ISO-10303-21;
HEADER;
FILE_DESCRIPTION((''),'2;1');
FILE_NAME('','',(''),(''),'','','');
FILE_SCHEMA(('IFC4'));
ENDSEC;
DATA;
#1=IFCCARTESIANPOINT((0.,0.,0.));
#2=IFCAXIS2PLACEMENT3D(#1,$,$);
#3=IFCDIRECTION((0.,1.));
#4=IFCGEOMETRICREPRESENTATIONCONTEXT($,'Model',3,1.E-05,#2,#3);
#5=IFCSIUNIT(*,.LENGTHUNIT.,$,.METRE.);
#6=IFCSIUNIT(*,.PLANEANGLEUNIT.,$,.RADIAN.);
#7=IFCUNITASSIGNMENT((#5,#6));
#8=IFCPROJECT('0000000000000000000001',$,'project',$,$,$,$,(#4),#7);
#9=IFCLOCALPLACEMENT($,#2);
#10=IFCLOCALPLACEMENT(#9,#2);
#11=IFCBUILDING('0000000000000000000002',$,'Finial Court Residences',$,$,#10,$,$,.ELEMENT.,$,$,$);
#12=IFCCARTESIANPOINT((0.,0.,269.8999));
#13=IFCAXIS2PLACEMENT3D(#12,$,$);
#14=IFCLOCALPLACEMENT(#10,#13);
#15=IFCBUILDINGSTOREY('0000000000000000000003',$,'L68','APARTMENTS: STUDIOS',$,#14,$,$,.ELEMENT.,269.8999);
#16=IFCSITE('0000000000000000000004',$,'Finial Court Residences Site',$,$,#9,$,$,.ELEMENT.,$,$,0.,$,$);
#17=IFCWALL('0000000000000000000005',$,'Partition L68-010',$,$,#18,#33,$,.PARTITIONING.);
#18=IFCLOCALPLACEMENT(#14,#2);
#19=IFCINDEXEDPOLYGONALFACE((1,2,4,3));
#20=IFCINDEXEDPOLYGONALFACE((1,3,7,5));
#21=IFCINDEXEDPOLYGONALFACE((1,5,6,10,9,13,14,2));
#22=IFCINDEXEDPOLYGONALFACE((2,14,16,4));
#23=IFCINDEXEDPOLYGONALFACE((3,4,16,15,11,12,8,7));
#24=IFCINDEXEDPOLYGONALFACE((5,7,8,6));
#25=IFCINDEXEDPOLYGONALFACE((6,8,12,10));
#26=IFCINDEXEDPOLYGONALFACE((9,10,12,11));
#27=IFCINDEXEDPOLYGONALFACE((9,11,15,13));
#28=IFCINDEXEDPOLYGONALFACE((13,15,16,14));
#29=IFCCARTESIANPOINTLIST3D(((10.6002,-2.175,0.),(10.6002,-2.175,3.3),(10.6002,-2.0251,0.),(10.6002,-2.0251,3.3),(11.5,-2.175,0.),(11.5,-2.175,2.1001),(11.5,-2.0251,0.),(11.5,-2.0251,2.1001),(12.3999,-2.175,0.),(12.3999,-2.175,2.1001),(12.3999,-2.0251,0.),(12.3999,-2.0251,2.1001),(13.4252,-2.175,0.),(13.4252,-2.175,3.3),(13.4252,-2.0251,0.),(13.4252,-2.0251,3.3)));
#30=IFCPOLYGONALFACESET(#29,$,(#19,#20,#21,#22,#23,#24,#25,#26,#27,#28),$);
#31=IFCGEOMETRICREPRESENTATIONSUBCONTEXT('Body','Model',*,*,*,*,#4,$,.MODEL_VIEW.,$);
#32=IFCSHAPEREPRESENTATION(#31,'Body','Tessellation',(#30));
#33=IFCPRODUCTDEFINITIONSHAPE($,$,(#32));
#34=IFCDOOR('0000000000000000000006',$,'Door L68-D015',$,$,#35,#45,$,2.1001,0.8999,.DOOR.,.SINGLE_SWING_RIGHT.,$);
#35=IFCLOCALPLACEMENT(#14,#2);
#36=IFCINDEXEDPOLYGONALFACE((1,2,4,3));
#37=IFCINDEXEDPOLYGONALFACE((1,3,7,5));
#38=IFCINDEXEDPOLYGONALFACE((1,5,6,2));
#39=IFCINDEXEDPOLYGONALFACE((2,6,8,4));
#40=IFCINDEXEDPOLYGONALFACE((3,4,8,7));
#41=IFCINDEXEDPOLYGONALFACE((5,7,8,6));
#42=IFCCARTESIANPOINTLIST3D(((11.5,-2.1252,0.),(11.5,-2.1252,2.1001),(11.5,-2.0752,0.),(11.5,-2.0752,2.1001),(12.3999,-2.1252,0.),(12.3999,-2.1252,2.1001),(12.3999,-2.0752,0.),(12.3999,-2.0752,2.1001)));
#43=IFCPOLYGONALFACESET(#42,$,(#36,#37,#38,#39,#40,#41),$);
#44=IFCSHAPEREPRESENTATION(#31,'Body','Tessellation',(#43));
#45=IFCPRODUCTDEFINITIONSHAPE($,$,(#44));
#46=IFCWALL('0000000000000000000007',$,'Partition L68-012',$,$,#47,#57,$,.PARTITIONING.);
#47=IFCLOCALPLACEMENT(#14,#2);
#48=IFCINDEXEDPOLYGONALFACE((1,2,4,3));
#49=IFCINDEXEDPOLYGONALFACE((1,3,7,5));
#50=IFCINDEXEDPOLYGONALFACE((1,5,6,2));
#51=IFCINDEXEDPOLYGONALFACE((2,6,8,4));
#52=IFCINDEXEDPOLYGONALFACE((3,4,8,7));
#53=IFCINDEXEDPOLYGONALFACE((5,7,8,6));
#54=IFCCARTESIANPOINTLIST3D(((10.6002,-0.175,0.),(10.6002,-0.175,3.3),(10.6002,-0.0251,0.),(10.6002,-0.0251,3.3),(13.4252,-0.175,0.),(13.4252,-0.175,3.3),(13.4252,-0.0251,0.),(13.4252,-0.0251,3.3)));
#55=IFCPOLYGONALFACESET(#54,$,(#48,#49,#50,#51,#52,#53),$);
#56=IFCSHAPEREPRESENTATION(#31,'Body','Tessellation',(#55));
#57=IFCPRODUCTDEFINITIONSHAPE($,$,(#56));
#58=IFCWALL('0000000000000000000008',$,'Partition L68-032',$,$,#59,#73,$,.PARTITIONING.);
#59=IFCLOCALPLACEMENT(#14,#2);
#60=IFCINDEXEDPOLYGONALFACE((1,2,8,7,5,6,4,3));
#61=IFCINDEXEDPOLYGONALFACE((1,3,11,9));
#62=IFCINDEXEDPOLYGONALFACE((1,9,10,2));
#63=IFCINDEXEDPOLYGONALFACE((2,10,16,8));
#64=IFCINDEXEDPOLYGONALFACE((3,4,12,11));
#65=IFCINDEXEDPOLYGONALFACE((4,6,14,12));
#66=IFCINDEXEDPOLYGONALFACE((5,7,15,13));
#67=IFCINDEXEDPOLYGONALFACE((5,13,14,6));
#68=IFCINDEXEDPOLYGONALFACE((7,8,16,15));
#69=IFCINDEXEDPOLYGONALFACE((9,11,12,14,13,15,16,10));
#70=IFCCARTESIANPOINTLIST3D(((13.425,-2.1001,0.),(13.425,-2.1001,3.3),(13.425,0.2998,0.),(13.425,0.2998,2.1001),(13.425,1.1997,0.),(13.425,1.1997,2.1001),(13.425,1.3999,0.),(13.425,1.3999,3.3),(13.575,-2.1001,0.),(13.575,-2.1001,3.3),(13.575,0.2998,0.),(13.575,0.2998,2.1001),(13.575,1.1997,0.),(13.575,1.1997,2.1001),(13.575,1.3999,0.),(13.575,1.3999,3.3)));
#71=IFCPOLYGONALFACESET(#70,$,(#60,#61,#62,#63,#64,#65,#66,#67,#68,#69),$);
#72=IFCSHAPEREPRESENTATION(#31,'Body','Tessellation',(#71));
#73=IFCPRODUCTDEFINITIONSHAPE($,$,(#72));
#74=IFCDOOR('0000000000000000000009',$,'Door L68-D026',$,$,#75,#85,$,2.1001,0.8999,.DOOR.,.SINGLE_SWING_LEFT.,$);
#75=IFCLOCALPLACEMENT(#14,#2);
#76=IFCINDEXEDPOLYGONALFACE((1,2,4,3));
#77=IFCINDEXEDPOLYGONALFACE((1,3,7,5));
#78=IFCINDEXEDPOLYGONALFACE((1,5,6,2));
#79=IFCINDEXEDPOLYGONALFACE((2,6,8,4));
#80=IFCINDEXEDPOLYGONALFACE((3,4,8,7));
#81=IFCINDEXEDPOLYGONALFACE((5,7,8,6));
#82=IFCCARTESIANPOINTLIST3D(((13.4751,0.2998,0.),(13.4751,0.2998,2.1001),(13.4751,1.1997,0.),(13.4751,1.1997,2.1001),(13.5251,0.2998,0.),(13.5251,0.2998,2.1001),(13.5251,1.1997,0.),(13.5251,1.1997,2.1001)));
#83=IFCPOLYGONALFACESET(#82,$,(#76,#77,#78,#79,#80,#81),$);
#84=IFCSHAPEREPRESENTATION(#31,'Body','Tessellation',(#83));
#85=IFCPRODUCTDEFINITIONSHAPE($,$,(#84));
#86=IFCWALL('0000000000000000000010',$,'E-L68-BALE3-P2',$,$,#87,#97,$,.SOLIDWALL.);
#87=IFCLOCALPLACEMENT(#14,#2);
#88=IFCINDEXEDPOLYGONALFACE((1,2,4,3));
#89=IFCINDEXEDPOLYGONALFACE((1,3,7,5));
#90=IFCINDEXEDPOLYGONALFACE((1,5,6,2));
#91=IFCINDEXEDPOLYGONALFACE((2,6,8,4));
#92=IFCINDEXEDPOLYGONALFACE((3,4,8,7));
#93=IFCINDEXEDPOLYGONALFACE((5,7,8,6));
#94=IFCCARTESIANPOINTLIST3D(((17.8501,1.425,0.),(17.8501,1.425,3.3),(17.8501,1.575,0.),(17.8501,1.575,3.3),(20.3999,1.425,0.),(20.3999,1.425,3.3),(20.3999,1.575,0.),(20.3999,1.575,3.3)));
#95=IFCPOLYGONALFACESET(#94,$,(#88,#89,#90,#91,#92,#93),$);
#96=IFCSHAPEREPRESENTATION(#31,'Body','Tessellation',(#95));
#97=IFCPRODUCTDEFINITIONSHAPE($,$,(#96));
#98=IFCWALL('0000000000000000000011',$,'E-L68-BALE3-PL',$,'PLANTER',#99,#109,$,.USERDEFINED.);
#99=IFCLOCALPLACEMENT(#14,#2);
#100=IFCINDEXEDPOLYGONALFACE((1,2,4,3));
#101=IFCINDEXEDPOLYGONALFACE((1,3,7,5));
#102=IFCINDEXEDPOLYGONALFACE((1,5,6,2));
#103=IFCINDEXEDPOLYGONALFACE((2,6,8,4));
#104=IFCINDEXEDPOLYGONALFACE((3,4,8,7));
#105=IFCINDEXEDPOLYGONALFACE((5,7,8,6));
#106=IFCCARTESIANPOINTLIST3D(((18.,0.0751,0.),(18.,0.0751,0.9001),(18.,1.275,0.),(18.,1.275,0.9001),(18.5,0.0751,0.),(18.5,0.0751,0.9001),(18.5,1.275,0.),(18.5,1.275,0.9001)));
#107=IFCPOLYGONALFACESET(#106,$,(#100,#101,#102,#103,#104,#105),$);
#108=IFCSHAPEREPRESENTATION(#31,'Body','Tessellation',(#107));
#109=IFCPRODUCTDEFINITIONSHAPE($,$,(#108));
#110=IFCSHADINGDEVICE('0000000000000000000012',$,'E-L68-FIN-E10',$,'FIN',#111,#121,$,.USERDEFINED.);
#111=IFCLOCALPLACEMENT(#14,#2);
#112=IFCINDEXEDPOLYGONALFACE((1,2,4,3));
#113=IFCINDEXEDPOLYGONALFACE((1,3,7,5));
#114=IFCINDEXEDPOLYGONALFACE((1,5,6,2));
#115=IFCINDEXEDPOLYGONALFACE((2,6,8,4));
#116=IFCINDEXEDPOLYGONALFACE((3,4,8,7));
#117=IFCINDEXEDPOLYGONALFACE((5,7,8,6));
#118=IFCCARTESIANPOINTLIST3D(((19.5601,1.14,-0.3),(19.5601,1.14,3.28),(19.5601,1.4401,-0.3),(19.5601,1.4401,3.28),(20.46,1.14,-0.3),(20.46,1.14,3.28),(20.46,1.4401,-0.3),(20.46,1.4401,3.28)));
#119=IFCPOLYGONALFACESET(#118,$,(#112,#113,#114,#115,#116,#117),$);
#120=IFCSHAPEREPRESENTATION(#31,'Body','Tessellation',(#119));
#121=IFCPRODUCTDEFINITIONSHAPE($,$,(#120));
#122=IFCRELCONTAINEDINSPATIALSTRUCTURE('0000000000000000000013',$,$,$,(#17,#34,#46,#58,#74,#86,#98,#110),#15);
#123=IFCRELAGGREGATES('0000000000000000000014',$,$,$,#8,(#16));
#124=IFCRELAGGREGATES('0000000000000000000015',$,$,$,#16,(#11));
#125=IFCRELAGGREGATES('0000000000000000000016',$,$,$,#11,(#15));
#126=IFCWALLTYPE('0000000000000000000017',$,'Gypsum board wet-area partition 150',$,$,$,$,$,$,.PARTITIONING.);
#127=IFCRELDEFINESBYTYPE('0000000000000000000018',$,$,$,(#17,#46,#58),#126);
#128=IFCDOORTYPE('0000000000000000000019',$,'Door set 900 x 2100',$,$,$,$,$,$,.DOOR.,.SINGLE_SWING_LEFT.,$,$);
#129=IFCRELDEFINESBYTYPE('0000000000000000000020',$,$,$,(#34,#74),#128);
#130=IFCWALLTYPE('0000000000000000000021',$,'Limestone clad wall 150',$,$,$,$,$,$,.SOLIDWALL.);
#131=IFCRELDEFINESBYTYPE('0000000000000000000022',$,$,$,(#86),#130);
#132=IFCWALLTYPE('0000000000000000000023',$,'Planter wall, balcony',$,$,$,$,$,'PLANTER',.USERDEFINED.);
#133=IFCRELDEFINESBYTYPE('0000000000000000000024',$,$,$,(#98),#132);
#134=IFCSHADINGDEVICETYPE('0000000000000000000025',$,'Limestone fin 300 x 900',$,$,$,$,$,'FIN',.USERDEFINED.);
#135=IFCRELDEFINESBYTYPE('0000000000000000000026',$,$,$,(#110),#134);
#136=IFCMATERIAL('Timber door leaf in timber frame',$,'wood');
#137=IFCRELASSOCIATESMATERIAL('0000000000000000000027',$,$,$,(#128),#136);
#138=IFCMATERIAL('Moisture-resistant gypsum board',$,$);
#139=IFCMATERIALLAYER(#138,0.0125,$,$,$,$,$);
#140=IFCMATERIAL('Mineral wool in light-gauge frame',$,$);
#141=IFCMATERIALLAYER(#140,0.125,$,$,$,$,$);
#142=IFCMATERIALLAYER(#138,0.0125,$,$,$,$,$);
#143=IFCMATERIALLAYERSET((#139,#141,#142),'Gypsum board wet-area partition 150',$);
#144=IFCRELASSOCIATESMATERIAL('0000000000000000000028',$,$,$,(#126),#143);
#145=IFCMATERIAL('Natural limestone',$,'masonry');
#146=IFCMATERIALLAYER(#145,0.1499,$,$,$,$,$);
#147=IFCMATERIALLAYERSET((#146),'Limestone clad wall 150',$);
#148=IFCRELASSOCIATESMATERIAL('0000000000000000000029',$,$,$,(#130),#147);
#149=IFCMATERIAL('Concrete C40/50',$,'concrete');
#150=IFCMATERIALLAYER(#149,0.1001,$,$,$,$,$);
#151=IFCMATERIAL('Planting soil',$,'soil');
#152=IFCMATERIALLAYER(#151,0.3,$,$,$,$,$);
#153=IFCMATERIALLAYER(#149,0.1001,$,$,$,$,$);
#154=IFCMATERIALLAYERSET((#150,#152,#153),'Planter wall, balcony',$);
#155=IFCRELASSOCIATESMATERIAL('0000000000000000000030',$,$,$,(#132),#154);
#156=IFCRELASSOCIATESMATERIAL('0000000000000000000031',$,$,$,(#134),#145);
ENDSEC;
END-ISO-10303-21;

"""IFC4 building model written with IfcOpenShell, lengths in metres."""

from ifc_helpers import new_model, si_unit, direction, frame, frame_2d, origin, origin_2d, place, context, subcontext, project, spatial, rectangle, extrude, material, layer, layer_set, type_object, element, fill, save


model = new_model("IFC4")

# Units and contexts
model_context = context("Model", 3, precision=1e-05, world=origin(), true_north=direction((0.0, 1.0)))
body_context = subcontext(model_context, "Body", "Model", "MODEL_VIEW")
ifc_project = project(units=[si_unit("LENGTHUNIT", "METRE"), si_unit("PLANEANGLEUNIT", "RADIAN")], contexts=[model_context])

# Site, building, storey
site_placement = place(None, origin())
site = spatial("IfcSite", under=ifc_project, at=site_placement, Name="Finial Court Residences Site", CompositionType="ELEMENT", RefElevation=0.0)
building_placement = place(site_placement, origin())
building = spatial("IfcBuilding", under=site, at=building_placement, Name="Finial Court Residences", CompositionType="ELEMENT")
storey_placement = place(building_placement, frame((0.0, 0.0, 269.8999)))
storey = spatial("IfcBuildingStorey", under=building, at=storey_placement, Name="L68", Description="APARTMENTS: STUDIOS", CompositionType="ELEMENT", Elevation=269.8999)

# Shared definitions
ifc_material_1 = material(Name="Mineral wool in light-gauge frame")

# Wall, opening, door
ifc_material_2 = material(Name="Timber door leaf in timber frame", Category="wood")
door_type_1 = type_object("IfcDoorType", Name="Door set 900 x 2100", OperationType="SINGLE_SWING_LEFT", PredefinedType="DOOR", material=ifc_material_2)
ifc_material_3 = material(Name="Moisture-resistant gypsum board")
ifc_layer_1 = layer(ifc_material_3, 0.0125)
ifc_layer_2 = layer(ifc_material_1, 0.125)
ifc_layer_3 = layer(ifc_material_3, 0.0125)
ifc_layer_set_1 = layer_set([ifc_layer_1, ifc_layer_2, ifc_layer_3], Name="Gypsum board wet-area partition 150")
wall_type_1 = type_object("IfcWallType", Name="Gypsum board wet-area partition 150", PredefinedType="PARTITIONING", material=ifc_layer_set_1)
wall_1_placement = place(storey_placement, frame((10.6001, -2.1001, 0.0), z_axis=(0.0, 0.0, 1.0), x_axis=(1.0, 0.0, 0.0)))
wall_1 = element("IfcWall", 1, at=wall_1_placement, inside=storey, type_object=wall_type_1, Name="Partition L68-010", PredefinedType="PARTITIONING", context=body_context, shape_type="SweptSolid", body=[
    extrude(rectangle(XDim=2.825, YDim=0.1499, at=frame_2d((1.4126, 0.0))), origin(), (0.0, 0.0, 1.0), 3.3),
])
opening_1_placement = place(wall_1_placement, frame((0.8999, 0.0, 0.0)))
opening_1 = element("IfcOpeningElement", 2, at=opening_1_placement, cuts=wall_1, PredefinedType="OPENING", context=body_context, shape_type="SweptSolid", body=[
    extrude(rectangle(XDim=0.8999, YDim=2.1001, at=frame_2d((0.45, 1.05))), frame((0.0, 0.085, 0.0), z_axis=(0.0, -1.0, 0.0), x_axis=(1.0, 0.0, 0.0)), (0.0, 0.0, 1.0), 0.1699),
])
door_1_placement = place(opening_1_placement, origin())
door_1 = element("IfcDoor", 3, at=door_1_placement, inside=storey, type_object=door_type_1, Name="Door L68-D015", OperationType="SINGLE_SWING_RIGHT", OverallHeight=2.1001, OverallWidth=0.8999, PredefinedType="DOOR", context=body_context, shape_type="SweptSolid", body=[
    extrude(rectangle(XDim=0.8999, YDim=2.1001, at=frame_2d((0.45, 1.05))), frame((0.0, 0.0249, 0.0), z_axis=(0.0, -1.0, 0.0), x_axis=(1.0, 0.0, 0.0)), (0.0, 0.0, 1.0), 0.05),
])
fill(opening_1, door_1)

# Wall
wall_2_placement = place(storey_placement, frame((10.6001, -0.1001, 0.0), z_axis=(0.0, 0.0, 1.0), x_axis=(1.0, 0.0, 0.0)))
element("IfcWall", 4, at=wall_2_placement, inside=storey, type_object=wall_type_1, Name="Partition L68-012", PredefinedType="PARTITIONING", context=body_context, shape_type="SweptSolid", body=[
    extrude(rectangle(XDim=2.825, YDim=0.1499, at=frame_2d((1.4126, 0.0))), origin(), (0.0, 0.0, 1.0), 3.3),
])

# Wall, opening, door
wall_3_placement = place(storey_placement, frame((13.5, -2.1001, 0.0), z_axis=(0.0, 0.0, 1.0), x_axis=(0.0, 1.0, 0.0)))
wall_3 = element("IfcWall", 5, at=wall_3_placement, inside=storey, type_object=wall_type_1, Name="Partition L68-032", PredefinedType="PARTITIONING", context=body_context, shape_type="SweptSolid", body=[
    extrude(rectangle(XDim=3.5, YDim=0.1499, at=frame_2d((1.75, 0.0))), origin(), (0.0, 0.0, 1.0), 3.3),
])
opening_2_placement = place(wall_3_placement, frame((2.3999, 0.0, 0.0)))
opening_2 = element("IfcOpeningElement", 6, at=opening_2_placement, cuts=wall_3, PredefinedType="OPENING", context=body_context, shape_type="SweptSolid", body=[
    extrude(rectangle(XDim=0.8999, YDim=2.1001, at=frame_2d((0.45, 1.05))), frame((0.0, 0.085, 0.0), z_axis=(0.0, -1.0, 0.0), x_axis=(1.0, 0.0, 0.0)), (0.0, 0.0, 1.0), 0.1699),
])
door_2_placement = place(opening_2_placement, origin())
door_2 = element("IfcDoor", 7, at=door_2_placement, inside=storey, type_object=door_type_1, Name="Door L68-D026", OperationType="SINGLE_SWING_LEFT", OverallHeight=2.1001, OverallWidth=0.8999, PredefinedType="DOOR", context=body_context, shape_type="SweptSolid", body=[
    extrude(rectangle(XDim=0.8999, YDim=2.1001, at=frame_2d((0.45, 1.05))), frame((0.0, 0.0249, 0.0), z_axis=(0.0, -1.0, 0.0), x_axis=(1.0, 0.0, 0.0)), (0.0, 0.0, 1.0), 0.05),
])
fill(opening_2, door_2)

# Wall
ifc_material_4 = material(Name="Natural limestone", Category="masonry")
ifc_layer_4 = layer(ifc_material_4, 0.1499)
ifc_layer_set_2 = layer_set([ifc_layer_4], Name="Limestone clad wall 150")
wall_type_2 = type_object("IfcWallType", Name="Limestone clad wall 150", PredefinedType="SOLIDWALL", material=ifc_layer_set_2)
wall_4_placement = place(storey_placement, frame((17.8501, 1.5, 0.0), z_axis=(0.0, 0.0, 1.0), x_axis=(1.0, 0.0, 0.0)))
element("IfcWall", 8, at=wall_4_placement, inside=storey, type_object=wall_type_2, Name="E-L68-BALE3-P2", PredefinedType="SOLIDWALL", context=body_context, shape_type="SweptSolid", body=[
    extrude(rectangle(XDim=2.5498, YDim=0.1499, at=frame_2d((1.2749, 0.0))), origin(), (0.0, 0.0, 1.0), 3.3),
])

# Wall
ifc_material_5 = material(Name="Concrete C40/50", Category="concrete")
ifc_layer_5 = layer(ifc_material_5, 0.1001)
ifc_material_6 = material(Name="Planting soil", Category="soil")
ifc_layer_6 = layer(ifc_material_6, 0.3)
ifc_layer_7 = layer(ifc_material_5, 0.1001)
ifc_layer_set_3 = layer_set([ifc_layer_5, ifc_layer_6, ifc_layer_7], Name="Planter wall, balcony")
wall_type_3 = type_object("IfcWallType", Name="Planter wall, balcony", ElementType="PLANTER", PredefinedType="USERDEFINED", material=ifc_layer_set_3)
wall_5_placement = place(storey_placement, frame((18.25, 0.075, 0.0), z_axis=(0.0, 0.0, 1.0), x_axis=(0.0, 1.0, 0.0)))
element("IfcWall", 9, at=wall_5_placement, inside=storey, type_object=wall_type_3, Name="E-L68-BALE3-PL", ObjectType="PLANTER", PredefinedType="USERDEFINED", context=body_context, shape_type="SweptSolid", body=[
    extrude(rectangle(XDim=1.2, YDim=0.5, at=frame_2d((0.6001, 0.0))), origin(), (0.0, 0.0, 1.0), 0.9001),
])

# Shading device
shading_device_type = type_object("IfcShadingDeviceType", Name="Limestone fin 300 x 900", ElementType="FIN", PredefinedType="USERDEFINED", material=ifc_material_4)
shading_device_placement = place(storey_placement, frame((20.01, 1.29, -0.3), z_axis=(0.0, 0.0, 1.0), x_axis=(1.0, 0.0, 0.0)))
element("IfcShadingDevice", 10, at=shading_device_placement, inside=storey, type_object=shading_device_type, Name="E-L68-FIN-E10", ObjectType="FIN", PredefinedType="USERDEFINED", context=body_context, shape_type="SweptSolid", body=[
    extrude(rectangle(XDim=0.8999, YDim=0.3, at=origin_2d()), origin(), (0.0, 0.0, 1.0), 3.5801),
])

save(model, "model.ifc")
